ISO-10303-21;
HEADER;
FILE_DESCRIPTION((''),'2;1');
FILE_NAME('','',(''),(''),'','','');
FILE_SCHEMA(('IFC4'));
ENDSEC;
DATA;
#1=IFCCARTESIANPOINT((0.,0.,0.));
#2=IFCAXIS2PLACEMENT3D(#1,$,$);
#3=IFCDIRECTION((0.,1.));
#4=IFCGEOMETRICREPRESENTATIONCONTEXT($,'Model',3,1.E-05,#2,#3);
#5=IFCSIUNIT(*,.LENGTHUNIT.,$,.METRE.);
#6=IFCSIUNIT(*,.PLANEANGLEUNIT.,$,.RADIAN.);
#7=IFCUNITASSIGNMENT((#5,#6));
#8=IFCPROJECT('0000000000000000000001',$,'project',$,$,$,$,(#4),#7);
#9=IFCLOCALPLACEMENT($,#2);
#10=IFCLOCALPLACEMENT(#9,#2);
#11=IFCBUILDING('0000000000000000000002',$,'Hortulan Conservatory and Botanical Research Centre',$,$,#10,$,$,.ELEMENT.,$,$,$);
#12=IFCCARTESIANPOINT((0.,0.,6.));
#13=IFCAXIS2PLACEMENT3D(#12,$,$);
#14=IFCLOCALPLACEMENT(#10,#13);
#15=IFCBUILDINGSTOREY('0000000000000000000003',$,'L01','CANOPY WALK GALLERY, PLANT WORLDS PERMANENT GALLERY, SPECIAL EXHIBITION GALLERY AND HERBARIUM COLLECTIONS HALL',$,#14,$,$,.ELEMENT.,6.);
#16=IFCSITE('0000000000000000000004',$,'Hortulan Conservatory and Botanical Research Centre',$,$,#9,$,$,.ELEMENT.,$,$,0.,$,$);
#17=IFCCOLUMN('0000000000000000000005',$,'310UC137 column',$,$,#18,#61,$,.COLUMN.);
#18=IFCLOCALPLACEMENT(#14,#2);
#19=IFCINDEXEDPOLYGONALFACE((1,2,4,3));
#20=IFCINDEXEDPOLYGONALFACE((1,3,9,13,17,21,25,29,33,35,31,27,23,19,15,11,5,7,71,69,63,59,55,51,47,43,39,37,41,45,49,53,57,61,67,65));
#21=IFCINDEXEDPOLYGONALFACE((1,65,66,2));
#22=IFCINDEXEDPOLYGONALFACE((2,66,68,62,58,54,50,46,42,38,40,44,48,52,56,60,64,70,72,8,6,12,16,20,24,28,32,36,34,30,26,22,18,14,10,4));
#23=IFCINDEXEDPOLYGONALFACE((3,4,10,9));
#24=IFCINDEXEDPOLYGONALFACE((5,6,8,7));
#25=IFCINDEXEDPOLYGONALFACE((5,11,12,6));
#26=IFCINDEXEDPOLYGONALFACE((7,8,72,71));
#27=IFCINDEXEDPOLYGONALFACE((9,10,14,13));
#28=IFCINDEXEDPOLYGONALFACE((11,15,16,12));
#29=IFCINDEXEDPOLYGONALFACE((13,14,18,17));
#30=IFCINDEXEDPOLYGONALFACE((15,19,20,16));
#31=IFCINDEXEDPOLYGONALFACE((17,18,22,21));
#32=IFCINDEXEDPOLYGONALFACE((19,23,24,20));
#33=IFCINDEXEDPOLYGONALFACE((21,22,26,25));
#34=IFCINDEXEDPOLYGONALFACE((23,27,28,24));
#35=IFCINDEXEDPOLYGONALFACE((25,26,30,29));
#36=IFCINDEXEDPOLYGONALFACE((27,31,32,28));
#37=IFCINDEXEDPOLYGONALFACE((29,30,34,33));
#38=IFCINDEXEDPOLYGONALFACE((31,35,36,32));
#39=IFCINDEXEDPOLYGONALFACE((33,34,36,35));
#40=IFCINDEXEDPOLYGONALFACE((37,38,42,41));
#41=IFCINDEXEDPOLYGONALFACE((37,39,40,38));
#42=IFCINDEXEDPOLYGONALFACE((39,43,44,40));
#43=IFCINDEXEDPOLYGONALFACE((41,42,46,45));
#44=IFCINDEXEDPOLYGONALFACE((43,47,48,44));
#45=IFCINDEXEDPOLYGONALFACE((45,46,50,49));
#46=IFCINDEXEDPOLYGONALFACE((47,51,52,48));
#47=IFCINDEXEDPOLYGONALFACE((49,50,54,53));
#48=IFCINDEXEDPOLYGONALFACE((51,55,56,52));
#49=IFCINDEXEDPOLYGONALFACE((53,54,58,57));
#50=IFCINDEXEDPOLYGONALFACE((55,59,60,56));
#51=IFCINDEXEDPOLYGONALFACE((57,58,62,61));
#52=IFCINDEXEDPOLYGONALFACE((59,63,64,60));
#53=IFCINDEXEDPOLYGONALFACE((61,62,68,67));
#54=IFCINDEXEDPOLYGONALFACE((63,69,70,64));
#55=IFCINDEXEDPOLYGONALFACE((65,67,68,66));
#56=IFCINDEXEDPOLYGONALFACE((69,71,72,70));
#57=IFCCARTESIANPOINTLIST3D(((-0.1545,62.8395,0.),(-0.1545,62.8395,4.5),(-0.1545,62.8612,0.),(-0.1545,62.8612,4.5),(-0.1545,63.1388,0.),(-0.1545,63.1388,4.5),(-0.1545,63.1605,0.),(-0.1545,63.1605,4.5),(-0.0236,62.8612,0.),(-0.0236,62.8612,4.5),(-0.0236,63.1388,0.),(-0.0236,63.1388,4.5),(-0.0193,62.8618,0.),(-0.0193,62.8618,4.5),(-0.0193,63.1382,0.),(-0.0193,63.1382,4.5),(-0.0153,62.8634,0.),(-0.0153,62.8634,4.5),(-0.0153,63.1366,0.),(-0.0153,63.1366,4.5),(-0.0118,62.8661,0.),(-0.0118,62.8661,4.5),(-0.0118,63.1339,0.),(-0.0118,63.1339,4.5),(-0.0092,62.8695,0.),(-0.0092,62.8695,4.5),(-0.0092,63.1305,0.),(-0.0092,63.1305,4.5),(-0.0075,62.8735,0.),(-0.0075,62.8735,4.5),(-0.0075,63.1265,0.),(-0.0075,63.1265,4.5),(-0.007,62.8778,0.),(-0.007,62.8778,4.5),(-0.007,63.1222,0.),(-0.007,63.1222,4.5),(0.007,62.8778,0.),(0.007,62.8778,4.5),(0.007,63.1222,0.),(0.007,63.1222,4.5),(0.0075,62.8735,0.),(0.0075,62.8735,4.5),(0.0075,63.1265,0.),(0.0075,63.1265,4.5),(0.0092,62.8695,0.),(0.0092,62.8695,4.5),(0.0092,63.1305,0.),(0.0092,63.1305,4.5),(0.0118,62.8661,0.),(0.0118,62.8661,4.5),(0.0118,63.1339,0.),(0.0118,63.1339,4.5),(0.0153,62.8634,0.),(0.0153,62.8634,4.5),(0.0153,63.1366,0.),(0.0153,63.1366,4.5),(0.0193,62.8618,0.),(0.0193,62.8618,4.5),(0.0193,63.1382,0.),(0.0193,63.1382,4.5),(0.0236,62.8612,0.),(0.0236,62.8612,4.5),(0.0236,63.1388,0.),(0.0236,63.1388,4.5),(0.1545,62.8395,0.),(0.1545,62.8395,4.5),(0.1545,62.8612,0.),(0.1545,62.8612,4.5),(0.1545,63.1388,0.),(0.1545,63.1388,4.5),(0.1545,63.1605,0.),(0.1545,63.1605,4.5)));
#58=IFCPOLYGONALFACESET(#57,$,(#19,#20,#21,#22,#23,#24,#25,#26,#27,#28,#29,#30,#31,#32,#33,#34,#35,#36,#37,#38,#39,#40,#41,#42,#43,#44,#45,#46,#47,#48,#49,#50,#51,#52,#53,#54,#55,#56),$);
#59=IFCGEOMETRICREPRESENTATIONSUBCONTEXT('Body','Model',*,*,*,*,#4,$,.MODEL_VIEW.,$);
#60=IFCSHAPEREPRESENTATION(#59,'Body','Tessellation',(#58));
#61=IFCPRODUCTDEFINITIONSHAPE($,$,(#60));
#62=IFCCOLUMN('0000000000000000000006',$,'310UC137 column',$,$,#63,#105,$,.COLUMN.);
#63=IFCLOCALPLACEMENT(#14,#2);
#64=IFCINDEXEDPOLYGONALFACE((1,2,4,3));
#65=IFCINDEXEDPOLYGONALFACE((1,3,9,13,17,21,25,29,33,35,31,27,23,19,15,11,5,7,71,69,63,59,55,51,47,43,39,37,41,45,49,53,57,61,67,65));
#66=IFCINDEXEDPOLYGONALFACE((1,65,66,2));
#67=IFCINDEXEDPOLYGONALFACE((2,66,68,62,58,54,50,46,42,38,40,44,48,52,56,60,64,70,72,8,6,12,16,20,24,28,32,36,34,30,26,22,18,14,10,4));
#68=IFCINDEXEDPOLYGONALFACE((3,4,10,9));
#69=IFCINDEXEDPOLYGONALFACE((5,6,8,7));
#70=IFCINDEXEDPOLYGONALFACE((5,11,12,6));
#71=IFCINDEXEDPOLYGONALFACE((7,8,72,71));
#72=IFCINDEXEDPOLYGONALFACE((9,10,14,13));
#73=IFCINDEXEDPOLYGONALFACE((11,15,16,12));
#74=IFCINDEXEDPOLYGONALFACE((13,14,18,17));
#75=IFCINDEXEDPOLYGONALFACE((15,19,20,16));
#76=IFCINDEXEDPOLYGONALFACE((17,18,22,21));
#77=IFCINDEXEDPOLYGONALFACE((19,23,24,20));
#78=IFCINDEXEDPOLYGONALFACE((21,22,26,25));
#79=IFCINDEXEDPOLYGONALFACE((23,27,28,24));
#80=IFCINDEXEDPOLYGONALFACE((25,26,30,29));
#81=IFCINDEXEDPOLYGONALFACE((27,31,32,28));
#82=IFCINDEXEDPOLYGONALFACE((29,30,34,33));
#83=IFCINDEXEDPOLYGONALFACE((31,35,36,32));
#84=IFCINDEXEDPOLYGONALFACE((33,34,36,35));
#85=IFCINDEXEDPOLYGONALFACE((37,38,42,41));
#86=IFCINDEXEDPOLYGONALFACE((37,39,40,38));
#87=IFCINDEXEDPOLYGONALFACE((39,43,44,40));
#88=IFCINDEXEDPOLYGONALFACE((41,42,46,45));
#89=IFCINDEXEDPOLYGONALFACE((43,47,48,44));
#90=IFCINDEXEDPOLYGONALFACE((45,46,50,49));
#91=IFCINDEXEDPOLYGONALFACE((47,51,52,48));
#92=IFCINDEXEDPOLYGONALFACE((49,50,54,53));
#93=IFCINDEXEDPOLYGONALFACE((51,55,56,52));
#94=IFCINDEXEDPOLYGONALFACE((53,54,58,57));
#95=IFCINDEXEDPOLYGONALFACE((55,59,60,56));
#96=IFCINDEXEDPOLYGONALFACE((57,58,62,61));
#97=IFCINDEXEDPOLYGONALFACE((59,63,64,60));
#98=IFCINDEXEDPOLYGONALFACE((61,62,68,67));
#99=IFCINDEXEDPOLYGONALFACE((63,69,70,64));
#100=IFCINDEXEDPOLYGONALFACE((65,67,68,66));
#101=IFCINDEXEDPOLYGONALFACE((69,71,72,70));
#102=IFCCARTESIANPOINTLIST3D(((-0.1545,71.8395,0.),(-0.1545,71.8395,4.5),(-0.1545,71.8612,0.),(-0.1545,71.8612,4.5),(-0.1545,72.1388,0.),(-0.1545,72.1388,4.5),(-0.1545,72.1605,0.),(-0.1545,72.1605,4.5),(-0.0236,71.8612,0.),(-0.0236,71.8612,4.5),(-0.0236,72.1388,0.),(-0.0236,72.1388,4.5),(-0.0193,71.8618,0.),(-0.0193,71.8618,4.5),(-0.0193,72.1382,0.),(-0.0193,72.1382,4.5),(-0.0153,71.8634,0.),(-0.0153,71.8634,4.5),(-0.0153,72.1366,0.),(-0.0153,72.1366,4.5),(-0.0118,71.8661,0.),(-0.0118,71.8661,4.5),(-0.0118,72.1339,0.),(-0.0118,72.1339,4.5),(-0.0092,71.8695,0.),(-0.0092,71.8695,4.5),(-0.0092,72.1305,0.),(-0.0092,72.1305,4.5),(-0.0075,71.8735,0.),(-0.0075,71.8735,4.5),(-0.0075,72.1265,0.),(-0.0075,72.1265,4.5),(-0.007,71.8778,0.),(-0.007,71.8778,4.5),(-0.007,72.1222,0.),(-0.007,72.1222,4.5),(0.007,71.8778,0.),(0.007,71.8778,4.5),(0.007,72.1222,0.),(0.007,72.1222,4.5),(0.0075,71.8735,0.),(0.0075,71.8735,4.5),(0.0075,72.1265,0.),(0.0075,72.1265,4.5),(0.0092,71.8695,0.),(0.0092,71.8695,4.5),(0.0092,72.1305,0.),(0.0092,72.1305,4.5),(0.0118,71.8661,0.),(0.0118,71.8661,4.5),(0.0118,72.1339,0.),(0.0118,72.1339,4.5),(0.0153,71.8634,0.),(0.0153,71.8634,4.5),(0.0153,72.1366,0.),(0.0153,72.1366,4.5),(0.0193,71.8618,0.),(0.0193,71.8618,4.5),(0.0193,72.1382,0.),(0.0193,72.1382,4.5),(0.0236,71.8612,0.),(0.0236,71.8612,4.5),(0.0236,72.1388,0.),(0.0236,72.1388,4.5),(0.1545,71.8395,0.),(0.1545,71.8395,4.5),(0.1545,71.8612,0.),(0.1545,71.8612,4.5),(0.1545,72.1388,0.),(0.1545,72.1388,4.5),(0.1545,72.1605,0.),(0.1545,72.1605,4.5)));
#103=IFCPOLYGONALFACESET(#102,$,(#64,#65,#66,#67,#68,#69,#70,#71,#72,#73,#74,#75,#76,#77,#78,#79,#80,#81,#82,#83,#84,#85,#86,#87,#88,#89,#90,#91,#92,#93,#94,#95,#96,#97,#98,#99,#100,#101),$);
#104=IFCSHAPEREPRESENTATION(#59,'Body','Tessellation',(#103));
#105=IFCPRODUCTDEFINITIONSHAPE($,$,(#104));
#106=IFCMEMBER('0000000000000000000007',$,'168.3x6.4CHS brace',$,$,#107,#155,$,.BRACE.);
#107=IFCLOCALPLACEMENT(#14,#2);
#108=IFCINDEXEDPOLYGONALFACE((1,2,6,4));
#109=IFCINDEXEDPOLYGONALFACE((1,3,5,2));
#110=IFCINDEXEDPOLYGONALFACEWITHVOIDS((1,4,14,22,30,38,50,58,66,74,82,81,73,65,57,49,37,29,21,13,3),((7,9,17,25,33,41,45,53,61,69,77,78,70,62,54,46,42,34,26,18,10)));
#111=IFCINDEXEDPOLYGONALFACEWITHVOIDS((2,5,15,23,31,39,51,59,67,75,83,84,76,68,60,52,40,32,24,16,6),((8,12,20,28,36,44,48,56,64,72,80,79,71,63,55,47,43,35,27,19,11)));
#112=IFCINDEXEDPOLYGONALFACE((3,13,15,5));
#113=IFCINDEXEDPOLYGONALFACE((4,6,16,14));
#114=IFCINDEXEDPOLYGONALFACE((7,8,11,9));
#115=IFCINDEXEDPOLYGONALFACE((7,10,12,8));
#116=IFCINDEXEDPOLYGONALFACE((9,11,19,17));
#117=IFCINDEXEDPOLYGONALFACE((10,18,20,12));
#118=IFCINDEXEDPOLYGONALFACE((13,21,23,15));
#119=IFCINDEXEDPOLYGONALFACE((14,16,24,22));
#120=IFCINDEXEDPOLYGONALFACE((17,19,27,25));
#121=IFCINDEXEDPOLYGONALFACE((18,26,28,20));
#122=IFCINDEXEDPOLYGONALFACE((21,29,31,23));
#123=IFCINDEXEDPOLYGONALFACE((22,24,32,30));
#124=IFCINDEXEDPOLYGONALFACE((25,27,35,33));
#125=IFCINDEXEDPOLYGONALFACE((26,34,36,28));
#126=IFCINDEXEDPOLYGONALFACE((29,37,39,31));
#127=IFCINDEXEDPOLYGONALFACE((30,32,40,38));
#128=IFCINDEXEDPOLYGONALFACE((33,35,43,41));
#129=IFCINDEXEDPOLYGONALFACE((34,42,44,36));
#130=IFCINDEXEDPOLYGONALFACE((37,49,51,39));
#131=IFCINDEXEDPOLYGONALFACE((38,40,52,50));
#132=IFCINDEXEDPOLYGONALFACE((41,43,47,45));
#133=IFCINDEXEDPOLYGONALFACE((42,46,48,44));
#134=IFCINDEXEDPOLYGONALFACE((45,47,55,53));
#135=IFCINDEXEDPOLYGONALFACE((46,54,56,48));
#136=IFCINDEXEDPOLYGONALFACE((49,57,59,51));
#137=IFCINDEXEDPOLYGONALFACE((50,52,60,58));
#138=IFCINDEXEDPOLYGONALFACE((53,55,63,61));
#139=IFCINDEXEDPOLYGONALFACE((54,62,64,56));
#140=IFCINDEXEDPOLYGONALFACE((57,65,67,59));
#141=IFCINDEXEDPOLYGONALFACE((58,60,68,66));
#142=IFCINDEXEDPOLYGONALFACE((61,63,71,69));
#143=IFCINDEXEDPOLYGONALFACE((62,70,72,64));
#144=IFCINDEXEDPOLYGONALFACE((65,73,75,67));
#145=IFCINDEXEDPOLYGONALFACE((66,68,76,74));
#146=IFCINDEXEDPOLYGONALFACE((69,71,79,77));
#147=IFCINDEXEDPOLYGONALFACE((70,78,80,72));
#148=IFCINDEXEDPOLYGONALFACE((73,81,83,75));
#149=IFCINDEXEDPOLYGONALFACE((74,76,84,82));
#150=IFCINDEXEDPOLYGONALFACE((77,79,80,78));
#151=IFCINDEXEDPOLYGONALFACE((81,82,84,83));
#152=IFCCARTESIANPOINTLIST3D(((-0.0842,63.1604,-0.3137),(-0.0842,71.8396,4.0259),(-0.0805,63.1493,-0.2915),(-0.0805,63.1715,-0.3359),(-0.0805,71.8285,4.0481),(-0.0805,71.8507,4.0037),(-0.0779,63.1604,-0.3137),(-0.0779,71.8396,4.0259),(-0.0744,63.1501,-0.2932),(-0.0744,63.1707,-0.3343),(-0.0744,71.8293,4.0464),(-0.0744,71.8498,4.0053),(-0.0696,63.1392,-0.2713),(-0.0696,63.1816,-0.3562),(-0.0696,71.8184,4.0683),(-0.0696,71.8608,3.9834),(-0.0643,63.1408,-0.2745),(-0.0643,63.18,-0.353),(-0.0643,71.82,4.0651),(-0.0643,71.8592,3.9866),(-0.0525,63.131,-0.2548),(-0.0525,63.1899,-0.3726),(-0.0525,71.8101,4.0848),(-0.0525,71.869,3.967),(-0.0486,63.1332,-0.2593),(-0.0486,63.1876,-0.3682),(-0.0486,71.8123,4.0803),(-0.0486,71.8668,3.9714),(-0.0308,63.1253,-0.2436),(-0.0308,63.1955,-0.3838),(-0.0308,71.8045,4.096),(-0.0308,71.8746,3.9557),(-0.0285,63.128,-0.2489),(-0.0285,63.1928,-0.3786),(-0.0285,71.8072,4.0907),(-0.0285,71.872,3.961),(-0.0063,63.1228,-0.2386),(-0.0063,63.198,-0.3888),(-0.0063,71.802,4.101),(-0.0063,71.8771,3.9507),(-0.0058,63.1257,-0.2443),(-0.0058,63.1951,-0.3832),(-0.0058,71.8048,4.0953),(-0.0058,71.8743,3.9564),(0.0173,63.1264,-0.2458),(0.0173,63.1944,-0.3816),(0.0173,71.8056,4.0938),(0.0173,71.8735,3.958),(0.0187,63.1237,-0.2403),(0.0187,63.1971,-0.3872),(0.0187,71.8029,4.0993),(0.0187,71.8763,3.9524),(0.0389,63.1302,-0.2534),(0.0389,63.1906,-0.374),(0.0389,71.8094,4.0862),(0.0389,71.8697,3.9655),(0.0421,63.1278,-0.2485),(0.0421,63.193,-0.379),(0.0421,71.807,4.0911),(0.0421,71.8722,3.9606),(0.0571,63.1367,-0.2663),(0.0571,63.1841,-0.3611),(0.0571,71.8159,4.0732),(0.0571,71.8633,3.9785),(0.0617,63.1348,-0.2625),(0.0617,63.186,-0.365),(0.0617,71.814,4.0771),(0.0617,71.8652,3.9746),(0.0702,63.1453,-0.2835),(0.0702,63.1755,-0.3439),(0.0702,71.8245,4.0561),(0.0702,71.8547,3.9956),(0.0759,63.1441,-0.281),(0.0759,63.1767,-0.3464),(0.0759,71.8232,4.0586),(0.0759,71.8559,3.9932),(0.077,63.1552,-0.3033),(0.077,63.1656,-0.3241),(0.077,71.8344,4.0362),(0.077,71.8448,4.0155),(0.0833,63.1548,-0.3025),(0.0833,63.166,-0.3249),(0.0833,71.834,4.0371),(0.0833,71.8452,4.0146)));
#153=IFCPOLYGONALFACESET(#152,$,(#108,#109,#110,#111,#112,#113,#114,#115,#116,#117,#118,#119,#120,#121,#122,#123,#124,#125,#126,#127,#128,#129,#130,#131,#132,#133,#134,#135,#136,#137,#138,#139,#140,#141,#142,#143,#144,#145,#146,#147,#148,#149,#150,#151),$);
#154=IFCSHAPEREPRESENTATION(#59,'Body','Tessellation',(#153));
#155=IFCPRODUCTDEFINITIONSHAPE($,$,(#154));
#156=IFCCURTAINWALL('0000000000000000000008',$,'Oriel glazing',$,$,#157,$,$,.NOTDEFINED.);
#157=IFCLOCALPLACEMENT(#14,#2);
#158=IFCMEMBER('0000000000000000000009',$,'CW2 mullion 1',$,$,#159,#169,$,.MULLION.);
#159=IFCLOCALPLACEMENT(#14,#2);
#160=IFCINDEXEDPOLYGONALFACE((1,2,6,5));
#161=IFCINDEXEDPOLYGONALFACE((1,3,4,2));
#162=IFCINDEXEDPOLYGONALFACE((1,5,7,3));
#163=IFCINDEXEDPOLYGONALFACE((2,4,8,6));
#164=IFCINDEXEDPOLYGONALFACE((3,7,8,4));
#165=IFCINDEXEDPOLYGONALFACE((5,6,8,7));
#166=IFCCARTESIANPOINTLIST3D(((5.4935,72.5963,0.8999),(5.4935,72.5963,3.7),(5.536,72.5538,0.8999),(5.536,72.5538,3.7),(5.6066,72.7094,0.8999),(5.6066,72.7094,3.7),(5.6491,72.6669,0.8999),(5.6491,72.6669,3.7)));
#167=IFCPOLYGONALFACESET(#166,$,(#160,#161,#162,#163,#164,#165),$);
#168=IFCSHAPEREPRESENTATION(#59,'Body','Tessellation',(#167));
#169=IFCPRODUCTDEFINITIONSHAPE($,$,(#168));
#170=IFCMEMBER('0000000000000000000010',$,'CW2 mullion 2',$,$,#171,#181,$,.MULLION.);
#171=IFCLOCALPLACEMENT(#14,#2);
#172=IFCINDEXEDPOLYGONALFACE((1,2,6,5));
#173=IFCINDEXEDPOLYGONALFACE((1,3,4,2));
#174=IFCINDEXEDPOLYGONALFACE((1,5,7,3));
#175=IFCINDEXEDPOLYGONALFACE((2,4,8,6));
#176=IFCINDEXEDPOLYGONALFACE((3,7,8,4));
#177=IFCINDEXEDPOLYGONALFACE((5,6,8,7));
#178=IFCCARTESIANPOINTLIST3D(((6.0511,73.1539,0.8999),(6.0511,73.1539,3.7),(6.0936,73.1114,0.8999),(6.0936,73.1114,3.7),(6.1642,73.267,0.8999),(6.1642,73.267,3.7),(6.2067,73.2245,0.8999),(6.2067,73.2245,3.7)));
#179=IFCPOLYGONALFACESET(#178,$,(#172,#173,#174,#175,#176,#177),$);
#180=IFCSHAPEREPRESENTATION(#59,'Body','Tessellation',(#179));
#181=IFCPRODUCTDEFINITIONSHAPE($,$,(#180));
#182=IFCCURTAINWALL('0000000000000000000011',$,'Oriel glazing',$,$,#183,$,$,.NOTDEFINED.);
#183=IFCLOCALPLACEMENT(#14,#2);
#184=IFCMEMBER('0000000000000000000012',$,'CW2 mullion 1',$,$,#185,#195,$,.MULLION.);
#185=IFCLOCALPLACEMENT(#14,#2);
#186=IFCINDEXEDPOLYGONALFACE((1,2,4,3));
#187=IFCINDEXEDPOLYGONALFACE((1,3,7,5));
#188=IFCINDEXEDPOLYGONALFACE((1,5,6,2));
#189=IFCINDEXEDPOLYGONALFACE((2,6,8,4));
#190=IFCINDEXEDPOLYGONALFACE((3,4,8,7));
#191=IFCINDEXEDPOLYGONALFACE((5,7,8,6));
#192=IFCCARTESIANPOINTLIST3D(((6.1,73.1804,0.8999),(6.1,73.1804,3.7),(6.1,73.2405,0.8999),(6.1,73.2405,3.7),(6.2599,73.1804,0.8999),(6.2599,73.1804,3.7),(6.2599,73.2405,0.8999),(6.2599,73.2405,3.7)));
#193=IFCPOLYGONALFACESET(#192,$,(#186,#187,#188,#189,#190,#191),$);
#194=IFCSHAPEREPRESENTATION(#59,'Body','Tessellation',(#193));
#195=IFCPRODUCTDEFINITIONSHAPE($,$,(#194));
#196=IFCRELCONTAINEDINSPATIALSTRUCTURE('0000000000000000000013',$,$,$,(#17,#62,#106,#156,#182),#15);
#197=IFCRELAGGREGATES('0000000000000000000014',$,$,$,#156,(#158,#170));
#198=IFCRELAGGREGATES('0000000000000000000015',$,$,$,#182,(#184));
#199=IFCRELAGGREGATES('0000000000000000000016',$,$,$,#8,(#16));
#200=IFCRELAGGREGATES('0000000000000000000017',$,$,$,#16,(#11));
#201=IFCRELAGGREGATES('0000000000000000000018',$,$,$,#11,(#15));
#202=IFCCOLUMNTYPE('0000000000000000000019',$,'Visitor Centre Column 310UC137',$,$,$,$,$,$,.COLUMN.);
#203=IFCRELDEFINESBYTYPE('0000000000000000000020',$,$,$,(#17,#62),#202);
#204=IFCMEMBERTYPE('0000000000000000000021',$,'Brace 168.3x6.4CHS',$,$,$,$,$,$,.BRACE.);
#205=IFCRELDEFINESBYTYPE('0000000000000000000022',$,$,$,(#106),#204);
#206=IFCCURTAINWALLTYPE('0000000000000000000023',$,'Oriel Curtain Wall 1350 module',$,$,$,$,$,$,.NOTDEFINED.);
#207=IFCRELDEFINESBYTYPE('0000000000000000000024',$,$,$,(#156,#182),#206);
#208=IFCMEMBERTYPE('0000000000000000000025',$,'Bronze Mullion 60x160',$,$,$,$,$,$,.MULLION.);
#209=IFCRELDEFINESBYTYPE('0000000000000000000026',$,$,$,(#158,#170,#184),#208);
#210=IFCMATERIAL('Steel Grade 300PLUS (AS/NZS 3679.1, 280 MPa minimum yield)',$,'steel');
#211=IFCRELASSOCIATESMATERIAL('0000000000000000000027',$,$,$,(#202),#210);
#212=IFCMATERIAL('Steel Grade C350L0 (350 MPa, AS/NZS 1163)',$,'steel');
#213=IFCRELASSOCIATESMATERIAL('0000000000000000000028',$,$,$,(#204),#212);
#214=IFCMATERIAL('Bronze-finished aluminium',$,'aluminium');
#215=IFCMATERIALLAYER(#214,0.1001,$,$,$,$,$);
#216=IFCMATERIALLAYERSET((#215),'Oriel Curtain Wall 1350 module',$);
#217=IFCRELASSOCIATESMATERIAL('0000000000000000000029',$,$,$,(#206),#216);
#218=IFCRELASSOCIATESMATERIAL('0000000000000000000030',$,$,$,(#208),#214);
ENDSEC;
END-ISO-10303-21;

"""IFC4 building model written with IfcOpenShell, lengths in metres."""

from ifc_helpers import new_model, si_unit, direction, frame, origin, origin_2d, place, context, subcontext, project, spatial, rectangle, hollow_circle, i_section, extrude, material, layer, layer_set, material_profile, profile_set, type_object, element, aggregate, save


model = new_model("IFC4")

# Units and contexts
model_context = context("Model", 3, precision=1e-05, world=origin(), true_north=direction((0.0, 1.0)))
body_context = subcontext(model_context, "Body", "Model", "MODEL_VIEW")
ifc_project = project(units=[si_unit("LENGTHUNIT", "METRE"), si_unit("PLANEANGLEUNIT", "RADIAN")], contexts=[model_context])

# Site, building, storey
site_placement = place(None, origin())
site = spatial("IfcSite", under=ifc_project, at=site_placement, Name="Hortulan Conservatory and Botanical Research Centre", CompositionType="ELEMENT", RefElevation=0.0)
building_placement = place(site_placement, origin())
building = spatial("IfcBuilding", under=site, at=building_placement, Name="Hortulan Conservatory and Botanical Research Centre", CompositionType="ELEMENT")
storey_placement = place(building_placement, frame((0.0, 0.0, 6.0)))
storey = spatial("IfcBuildingStorey", under=building, at=storey_placement, Name="L01", Description="CANOPY WALK GALLERY, PLANT WORLDS PERMANENT GALLERY, SPECIAL EXHIBITION GALLERY AND HERBARIUM COLLECTIONS HALL", CompositionType="ELEMENT", Elevation=6.0)

# Columns
ifc_material_1 = material(Name="Steel Grade 300PLUS (AS/NZS 3679.1, 280 MPa minimum yield)", Category="steel")
ifc_material_profile_1 = material_profile(ifc_material_1, i_section(OverallWidth=0.3091, OverallDepth=0.321, WebThickness=0.0139, FlangeThickness=0.0217, FilletRadius=0.0166, at=origin_2d()), Name="310UC137")
ifc_profile_set_1 = profile_set([ifc_material_profile_1], Name="Steel Grade 300PLUS (AS/NZS 3679.1, 280 MPa minimum yield)")
column_type = type_object("IfcColumnType", Name="Visitor Centre Column 310UC137", PredefinedType="COLUMN", material=ifc_profile_set_1)
for number, where, z_axis, x_axis, name in (
    (1, (0.0, 63.0, 0.0), (0.0, 0.0, 1.0), (1.0, 0.0, 0.0), "310UC137 column"),
    (2, (0.0, 72.0, 0.0), (0.0, 0.0, 1.0), (1.0, 0.0, 0.0), "310UC137 column"),
):
    element("IfcColumn", number, at=place(storey_placement, frame(where, z_axis=z_axis, x_axis=x_axis)), inside=storey, type_object=column_type, Name=name, PredefinedType="COLUMN", context=body_context, shape_type="SweptSolid", body=[
        extrude(i_section(OverallWidth=0.3091, OverallDepth=0.321, WebThickness=0.0139, FlangeThickness=0.0217, FilletRadius=0.0166, at=origin_2d()), origin(), (0.0, 0.0, 1.0), 4.5),
    ])

# Member
ifc_material_2 = material(Name="Steel Grade C350L0 (350 MPa, AS/NZS 1163)", Category="steel")
ifc_material_profile_2 = material_profile(ifc_material_2, hollow_circle(Radius=0.0842, WallThickness=0.0063, at=origin_2d()), Name="168.3x6.4CHS")
ifc_profile_set_2 = profile_set([ifc_material_profile_2], Name="Steel Grade C350L0 (350 MPa, AS/NZS 1163)")
member_type_1 = type_object("IfcMemberType", Name="Brace 168.3x6.4CHS", PredefinedType="BRACE", material=ifc_profile_set_2)
member_1_placement = place(storey_placement, frame((0.0, 63.1604, -0.3137), z_axis=(0.0, 0.894427, 0.447214), x_axis=(-1.0, 0.0, 0.0)))
element("IfcMember", 3, at=member_1_placement, inside=storey, type_object=member_type_1, Name="168.3x6.4CHS brace", PredefinedType="BRACE", context=body_context, shape_type="SweptSolid", body=[
    extrude(hollow_circle(Radius=0.0842, WallThickness=0.0063, at=origin_2d()), origin(), (0.0, 0.0, 1.0), 9.7036),
])

# Curtain walls, members
ifc_material_3 = material(Name="Bronze-finished aluminium", Category="aluminium")
ifc_layer_1 = layer(ifc_material_3, 0.1001)
ifc_layer_set_1 = layer_set([ifc_layer_1], Name="Oriel Curtain Wall 1350 module")
curtain_wall_type = type_object("IfcCurtainWallType", Name="Oriel Curtain Wall 1350 module", PredefinedType="NOTDEFINED", material=ifc_layer_set_1)
curtain_wall_1_placement = place(storey_placement, origin())
curtain_wall_1 = element("IfcCurtainWall", 4, at=curtain_wall_1_placement, inside=storey, type_object=curtain_wall_type, Name="Oriel glazing", PredefinedType="NOTDEFINED")
ifc_material_profile_3 = material_profile(ifc_material_3, rectangle(XDim=0.0601, YDim=0.1599, at=origin_2d()), Name="Bronze Mullion 60x160")
ifc_profile_set_3 = profile_set([ifc_material_profile_3], Name="Bronze-finished aluminium")
member_type_2 = type_object("IfcMemberType", Name="Bronze Mullion 60x160", PredefinedType="MULLION", material=ifc_profile_set_3)
member_2_placement = place(storey_placement, frame((5.5713, 72.6316, 0.8999), z_axis=(0.0, 0.0, 1.0), x_axis=(-0.707107, 0.707107, 0.0)))
member_2 = element("IfcMember", 5, at=member_2_placement, type_object=member_type_2, Name="CW2 mullion 1", PredefinedType="MULLION", context=body_context, shape_type="SweptSolid", body=[
    extrude(rectangle(XDim=0.0601, YDim=0.1599, at=origin_2d()), origin(), (0.0, 0.0, 1.0), 2.8),
])
member_3_placement = place(storey_placement, frame((6.1289, 73.1892, 0.8999), z_axis=(0.0, 0.0, 1.0), x_axis=(-0.707107, 0.707107, 0.0)))
member_3 = element("IfcMember", 6, at=member_3_placement, type_object=member_type_2, Name="CW2 mullion 2", PredefinedType="MULLION", context=body_context, shape_type="SweptSolid", body=[
    extrude(rectangle(XDim=0.0601, YDim=0.1599, at=origin_2d()), origin(), (0.0, 0.0, 1.0), 2.8),
])
curtain_wall_2_placement = place(storey_placement, origin())
curtain_wall_2 = element("IfcCurtainWall", 7, at=curtain_wall_2_placement, inside=storey, type_object=curtain_wall_type, Name="Oriel glazing", PredefinedType="NOTDEFINED")
member_4_placement = place(storey_placement, frame((6.1799, 73.2104, 0.8999), z_axis=(0.0, 0.0, 1.0), x_axis=(0.0, 1.0, 0.0)))
member_4 = element("IfcMember", 8, at=member_4_placement, type_object=member_type_2, Name="CW2 mullion 1", PredefinedType="MULLION", context=body_context, shape_type="SweptSolid", body=[
    extrude(rectangle(XDim=0.0601, YDim=0.1599, at=origin_2d()), origin(), (0.0, 0.0, 1.0), 2.8),
])

aggregate(curtain_wall_1, [member_2, member_3])
aggregate(curtain_wall_2, [member_4])

save(model, "model.ifc")
